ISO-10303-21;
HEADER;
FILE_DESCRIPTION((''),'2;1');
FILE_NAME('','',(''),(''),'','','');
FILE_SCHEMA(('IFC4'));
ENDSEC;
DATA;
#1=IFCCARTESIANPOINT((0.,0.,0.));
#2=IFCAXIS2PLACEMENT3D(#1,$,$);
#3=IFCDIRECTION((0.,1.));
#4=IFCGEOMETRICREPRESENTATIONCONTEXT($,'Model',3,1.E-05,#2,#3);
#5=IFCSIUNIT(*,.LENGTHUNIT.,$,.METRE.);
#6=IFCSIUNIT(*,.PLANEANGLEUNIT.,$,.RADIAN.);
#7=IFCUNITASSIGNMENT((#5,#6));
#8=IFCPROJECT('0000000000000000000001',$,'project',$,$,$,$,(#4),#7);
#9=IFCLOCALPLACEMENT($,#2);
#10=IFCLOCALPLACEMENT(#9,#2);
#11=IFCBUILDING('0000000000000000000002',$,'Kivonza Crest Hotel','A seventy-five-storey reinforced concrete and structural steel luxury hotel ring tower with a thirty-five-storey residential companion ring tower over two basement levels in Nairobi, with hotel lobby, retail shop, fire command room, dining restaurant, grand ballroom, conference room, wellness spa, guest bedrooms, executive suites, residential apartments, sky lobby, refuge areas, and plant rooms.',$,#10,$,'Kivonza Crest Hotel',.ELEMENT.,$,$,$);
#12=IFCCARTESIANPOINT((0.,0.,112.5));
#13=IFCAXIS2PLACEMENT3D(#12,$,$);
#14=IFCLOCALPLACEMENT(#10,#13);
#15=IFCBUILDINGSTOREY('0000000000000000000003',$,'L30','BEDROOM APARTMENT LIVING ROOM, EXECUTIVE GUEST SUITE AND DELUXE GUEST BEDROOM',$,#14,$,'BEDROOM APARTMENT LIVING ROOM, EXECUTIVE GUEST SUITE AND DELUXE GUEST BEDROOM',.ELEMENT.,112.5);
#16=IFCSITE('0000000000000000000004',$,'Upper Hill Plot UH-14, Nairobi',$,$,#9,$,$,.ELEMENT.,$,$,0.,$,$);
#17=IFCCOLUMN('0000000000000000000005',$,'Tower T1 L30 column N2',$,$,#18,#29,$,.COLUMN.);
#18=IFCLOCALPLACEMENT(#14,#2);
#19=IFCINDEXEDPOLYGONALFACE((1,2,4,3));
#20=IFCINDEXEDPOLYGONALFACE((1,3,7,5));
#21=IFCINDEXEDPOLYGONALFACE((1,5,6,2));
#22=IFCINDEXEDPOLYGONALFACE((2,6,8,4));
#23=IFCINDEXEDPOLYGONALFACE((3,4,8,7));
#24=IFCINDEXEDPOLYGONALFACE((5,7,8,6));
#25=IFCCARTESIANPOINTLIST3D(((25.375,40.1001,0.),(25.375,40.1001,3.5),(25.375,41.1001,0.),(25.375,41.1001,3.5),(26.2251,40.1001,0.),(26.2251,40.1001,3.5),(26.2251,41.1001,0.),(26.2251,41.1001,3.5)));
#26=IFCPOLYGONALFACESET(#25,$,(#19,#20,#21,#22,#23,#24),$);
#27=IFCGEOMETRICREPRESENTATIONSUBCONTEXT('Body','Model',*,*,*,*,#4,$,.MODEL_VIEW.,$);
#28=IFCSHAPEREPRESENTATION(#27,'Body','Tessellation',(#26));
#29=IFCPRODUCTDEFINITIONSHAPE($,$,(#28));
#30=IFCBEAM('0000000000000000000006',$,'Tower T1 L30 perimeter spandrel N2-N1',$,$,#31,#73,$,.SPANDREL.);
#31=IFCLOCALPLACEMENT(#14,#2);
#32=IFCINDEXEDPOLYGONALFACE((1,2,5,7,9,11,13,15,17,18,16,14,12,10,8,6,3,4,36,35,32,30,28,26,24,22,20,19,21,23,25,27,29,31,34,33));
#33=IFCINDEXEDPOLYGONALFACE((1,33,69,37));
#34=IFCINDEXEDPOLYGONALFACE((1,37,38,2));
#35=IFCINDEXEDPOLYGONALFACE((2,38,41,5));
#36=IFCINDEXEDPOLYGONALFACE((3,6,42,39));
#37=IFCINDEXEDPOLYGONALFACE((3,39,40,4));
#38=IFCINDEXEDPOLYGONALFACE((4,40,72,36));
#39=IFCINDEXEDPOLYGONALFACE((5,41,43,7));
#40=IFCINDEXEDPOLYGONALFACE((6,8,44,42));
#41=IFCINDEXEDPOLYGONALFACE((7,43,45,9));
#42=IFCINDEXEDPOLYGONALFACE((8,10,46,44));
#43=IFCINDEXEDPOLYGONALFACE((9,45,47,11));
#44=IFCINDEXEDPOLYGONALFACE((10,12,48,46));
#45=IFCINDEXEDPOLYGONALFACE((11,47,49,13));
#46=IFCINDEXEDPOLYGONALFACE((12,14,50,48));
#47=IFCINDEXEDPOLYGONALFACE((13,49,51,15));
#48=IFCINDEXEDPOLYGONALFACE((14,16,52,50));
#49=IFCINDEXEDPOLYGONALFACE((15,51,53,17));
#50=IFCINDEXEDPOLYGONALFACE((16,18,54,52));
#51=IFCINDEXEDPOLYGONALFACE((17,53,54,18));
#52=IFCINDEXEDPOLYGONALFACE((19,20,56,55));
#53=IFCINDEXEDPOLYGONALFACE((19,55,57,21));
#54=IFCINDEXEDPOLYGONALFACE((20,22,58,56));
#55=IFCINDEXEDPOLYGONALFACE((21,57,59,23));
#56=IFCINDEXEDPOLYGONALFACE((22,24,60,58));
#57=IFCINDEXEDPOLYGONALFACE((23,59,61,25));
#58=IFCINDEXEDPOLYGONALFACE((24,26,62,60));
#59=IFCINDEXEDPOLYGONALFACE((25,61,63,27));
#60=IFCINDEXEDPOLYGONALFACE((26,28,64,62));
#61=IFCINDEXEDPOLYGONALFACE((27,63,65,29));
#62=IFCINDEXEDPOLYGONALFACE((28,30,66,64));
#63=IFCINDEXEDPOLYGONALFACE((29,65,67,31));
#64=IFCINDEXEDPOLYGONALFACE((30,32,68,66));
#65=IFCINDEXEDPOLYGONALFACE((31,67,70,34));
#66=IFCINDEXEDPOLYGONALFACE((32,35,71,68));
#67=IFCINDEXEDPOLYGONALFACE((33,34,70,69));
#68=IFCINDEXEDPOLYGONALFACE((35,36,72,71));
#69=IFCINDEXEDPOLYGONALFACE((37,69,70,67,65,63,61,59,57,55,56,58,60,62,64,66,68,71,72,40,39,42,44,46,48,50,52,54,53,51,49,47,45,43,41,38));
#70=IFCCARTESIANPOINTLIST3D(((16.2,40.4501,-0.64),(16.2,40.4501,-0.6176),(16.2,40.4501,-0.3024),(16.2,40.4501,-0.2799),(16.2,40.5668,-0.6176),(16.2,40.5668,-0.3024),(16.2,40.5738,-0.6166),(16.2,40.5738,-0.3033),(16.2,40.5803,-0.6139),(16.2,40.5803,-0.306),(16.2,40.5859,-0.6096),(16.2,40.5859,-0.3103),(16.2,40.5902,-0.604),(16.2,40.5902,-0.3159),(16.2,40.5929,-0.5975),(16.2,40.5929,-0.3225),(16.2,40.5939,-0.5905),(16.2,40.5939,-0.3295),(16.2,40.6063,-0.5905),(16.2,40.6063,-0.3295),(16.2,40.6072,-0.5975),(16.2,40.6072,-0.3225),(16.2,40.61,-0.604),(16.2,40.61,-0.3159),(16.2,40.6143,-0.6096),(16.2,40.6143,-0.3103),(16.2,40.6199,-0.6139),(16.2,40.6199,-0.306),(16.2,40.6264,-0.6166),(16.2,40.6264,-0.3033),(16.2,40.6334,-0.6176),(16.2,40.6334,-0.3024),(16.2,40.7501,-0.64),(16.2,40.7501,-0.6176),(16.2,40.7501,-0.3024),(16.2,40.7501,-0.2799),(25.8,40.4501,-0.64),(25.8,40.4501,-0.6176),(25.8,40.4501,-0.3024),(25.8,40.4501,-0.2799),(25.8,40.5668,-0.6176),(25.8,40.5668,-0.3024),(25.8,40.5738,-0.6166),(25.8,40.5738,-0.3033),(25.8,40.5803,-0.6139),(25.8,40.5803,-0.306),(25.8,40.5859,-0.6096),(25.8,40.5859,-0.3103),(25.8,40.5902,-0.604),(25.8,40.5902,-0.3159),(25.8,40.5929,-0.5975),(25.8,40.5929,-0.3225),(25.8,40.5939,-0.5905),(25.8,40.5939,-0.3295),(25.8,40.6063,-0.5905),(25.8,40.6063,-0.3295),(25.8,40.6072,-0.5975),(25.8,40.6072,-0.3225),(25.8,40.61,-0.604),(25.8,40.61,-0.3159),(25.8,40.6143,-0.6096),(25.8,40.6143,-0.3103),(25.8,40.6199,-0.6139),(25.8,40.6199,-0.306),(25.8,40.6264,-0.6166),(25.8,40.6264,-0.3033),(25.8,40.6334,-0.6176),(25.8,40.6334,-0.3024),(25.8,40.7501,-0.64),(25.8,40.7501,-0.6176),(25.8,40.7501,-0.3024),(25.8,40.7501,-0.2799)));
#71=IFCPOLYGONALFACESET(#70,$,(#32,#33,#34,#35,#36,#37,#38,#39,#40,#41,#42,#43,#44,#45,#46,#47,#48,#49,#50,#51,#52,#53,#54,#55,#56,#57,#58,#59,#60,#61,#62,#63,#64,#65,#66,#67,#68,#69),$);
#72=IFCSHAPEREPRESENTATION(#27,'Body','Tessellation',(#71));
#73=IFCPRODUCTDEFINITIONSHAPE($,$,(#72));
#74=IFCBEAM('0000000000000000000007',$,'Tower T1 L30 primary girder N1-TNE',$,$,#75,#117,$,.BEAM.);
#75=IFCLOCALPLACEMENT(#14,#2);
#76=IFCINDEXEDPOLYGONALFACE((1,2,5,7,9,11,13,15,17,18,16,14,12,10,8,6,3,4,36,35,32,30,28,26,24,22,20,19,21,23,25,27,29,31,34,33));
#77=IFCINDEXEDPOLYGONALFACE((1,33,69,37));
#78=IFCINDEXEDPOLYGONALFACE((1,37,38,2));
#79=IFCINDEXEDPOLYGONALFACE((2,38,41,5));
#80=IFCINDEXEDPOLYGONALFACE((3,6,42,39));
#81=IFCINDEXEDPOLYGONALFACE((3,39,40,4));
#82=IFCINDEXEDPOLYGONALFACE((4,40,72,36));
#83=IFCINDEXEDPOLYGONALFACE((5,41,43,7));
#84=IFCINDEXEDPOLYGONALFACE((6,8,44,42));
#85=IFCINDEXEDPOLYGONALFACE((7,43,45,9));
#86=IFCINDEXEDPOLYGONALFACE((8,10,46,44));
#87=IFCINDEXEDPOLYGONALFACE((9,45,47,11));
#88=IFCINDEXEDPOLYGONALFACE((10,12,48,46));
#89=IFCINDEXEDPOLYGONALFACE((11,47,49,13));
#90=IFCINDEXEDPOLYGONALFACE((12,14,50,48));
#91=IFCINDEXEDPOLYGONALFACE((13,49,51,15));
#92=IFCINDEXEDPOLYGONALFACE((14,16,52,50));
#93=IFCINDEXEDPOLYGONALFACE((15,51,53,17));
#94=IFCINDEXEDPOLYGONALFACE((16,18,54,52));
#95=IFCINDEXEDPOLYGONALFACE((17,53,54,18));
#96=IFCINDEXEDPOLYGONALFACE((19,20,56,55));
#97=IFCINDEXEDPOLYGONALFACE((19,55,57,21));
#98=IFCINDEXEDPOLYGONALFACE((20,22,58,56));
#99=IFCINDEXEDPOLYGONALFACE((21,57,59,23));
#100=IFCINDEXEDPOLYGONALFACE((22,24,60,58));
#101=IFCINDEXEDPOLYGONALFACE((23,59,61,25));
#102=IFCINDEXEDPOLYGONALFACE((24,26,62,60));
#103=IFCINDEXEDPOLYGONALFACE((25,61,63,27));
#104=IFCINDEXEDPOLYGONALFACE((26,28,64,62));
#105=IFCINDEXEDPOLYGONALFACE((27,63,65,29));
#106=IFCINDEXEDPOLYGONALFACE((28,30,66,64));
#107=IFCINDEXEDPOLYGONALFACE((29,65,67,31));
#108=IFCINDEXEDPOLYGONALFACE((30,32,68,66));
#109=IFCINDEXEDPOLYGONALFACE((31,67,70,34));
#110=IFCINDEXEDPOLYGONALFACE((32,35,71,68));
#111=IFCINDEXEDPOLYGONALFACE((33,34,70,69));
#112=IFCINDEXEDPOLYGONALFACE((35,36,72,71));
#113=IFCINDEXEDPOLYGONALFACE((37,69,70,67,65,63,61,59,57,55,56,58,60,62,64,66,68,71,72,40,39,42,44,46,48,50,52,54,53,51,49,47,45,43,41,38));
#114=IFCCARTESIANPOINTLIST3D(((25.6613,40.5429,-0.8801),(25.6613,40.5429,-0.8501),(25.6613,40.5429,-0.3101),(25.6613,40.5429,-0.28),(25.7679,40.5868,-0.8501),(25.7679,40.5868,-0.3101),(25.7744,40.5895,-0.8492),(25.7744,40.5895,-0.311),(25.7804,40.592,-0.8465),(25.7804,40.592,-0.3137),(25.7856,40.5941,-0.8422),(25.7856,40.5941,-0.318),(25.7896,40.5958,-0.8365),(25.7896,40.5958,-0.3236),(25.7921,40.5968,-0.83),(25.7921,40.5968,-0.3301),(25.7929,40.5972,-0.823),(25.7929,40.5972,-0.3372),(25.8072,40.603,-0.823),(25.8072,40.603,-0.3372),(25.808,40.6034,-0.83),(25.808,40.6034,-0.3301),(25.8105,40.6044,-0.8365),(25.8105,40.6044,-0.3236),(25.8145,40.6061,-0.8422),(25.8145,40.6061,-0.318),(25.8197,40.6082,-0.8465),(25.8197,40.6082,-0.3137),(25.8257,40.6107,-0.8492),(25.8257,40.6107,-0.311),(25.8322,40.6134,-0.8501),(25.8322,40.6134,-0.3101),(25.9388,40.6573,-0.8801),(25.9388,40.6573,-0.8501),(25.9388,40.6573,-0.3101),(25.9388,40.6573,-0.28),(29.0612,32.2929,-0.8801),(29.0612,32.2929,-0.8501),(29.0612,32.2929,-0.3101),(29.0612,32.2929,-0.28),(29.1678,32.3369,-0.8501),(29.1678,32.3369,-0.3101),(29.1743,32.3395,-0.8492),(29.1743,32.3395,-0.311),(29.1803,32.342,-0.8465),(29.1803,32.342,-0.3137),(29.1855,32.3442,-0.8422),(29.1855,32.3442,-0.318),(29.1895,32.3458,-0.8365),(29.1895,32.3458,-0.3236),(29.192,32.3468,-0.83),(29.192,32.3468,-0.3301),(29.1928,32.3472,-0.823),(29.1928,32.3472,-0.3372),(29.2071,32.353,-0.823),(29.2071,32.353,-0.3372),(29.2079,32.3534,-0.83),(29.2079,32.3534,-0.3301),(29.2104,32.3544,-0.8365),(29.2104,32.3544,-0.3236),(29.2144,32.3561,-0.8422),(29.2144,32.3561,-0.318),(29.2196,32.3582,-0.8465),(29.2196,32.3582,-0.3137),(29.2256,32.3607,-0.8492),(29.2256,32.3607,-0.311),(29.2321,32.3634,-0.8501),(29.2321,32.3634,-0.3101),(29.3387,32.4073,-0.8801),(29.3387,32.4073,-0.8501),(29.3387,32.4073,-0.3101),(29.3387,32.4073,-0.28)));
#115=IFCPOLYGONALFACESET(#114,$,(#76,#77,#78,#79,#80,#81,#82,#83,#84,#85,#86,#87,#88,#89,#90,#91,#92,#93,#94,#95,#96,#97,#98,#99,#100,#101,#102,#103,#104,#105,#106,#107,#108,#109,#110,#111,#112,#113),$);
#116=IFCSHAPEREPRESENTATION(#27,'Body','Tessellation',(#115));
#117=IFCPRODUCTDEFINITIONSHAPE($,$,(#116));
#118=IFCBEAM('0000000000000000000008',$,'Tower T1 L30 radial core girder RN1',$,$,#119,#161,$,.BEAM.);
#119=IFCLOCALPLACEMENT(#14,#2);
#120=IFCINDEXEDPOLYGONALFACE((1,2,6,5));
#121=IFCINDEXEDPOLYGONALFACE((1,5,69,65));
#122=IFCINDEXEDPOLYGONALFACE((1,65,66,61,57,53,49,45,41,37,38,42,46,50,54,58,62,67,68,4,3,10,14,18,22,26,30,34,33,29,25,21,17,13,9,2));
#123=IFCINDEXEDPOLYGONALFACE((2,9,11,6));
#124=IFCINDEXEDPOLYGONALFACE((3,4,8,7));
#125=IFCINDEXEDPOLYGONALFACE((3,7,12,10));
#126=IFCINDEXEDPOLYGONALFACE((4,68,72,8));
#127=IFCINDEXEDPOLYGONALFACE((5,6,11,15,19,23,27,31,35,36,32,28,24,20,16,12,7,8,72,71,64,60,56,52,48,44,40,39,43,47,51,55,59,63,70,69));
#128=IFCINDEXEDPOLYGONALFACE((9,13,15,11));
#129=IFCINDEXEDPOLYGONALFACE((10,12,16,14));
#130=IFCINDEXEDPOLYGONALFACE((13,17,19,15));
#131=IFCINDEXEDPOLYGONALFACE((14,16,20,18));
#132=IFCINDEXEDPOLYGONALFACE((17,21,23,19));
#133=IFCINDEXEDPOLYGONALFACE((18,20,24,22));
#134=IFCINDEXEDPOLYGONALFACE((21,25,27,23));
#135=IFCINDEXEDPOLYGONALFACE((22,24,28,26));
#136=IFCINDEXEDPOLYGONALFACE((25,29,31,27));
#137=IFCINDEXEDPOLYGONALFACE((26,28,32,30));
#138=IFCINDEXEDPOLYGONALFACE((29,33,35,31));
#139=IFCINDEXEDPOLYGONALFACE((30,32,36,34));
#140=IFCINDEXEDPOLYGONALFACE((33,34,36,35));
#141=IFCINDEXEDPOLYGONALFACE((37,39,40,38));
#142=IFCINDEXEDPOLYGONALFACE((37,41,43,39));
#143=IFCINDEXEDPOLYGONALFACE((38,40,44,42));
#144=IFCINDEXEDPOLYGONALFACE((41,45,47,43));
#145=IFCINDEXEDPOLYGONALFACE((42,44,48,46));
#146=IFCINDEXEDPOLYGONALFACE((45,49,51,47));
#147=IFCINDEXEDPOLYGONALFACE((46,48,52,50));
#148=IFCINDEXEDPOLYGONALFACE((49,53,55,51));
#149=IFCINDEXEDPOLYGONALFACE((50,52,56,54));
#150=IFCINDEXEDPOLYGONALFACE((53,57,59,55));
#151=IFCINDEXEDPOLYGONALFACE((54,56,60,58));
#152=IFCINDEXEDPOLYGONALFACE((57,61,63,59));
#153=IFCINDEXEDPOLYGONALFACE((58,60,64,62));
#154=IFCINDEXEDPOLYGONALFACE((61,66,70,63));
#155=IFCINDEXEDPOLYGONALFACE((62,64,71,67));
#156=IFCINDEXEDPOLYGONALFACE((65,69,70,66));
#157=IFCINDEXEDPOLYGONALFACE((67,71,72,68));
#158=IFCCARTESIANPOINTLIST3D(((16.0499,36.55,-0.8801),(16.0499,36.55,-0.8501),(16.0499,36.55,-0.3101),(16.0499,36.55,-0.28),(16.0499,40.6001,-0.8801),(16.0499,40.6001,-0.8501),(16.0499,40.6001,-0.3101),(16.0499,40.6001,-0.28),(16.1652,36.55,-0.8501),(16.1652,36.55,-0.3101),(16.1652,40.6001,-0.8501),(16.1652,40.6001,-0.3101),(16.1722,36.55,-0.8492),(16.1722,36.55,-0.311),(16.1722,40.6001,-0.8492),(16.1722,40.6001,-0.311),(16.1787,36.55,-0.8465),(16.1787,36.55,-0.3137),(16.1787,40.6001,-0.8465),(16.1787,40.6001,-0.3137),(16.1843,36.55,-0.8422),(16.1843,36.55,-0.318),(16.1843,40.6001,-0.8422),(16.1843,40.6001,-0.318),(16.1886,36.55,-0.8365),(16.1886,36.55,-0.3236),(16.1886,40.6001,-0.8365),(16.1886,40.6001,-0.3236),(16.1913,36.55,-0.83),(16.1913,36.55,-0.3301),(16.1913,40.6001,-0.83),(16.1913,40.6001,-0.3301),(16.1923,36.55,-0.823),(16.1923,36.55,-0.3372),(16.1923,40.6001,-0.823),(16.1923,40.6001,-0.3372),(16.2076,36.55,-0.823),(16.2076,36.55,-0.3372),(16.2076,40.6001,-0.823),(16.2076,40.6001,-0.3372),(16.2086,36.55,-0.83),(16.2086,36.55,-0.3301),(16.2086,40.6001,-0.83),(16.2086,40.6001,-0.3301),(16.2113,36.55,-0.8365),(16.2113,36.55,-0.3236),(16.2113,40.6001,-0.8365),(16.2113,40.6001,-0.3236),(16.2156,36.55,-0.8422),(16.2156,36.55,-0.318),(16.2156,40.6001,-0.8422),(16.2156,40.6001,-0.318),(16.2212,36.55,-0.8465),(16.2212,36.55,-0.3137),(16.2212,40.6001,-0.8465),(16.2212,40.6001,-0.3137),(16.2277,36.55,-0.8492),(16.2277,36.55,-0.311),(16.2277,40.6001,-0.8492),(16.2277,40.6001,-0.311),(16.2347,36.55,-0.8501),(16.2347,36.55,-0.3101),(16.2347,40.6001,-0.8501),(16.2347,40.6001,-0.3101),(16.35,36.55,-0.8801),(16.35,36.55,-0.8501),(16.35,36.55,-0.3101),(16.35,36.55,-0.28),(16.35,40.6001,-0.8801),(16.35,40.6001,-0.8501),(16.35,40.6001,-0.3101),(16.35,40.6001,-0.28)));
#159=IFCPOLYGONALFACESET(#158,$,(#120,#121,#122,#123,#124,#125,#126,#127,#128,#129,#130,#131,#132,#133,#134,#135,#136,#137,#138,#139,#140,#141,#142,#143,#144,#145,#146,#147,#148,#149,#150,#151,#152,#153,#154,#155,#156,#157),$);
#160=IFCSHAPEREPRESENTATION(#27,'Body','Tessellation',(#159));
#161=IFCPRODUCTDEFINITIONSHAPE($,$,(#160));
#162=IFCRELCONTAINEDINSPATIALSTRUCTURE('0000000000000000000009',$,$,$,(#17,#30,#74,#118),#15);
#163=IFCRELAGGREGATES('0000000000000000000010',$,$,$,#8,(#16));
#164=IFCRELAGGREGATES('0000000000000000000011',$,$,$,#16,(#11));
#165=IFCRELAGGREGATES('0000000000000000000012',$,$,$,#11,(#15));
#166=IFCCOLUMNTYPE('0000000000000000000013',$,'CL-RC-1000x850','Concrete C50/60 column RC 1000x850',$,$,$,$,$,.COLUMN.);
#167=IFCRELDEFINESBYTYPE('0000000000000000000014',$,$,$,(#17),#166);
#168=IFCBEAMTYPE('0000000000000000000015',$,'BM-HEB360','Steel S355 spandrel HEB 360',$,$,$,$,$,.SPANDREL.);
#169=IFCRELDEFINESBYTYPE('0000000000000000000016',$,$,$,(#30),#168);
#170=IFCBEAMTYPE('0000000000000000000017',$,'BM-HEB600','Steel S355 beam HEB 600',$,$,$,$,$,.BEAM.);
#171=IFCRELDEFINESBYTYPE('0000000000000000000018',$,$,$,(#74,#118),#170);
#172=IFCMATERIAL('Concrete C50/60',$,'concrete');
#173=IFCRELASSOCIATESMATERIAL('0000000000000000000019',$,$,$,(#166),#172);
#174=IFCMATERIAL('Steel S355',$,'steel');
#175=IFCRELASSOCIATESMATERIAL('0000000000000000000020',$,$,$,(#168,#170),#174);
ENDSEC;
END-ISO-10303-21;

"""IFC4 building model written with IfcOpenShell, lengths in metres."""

from ifc_helpers import new_model, si_unit, direction, frame, origin, origin_2d, place, context, subcontext, project, spatial, rectangle, i_section, extrude, material, material_profile, profile_set, type_object, element, save


model = new_model("IFC4")

# Units and contexts
model_context = context("Model", 3, precision=1e-05, world=origin(), true_north=direction((0.0, 1.0)))
body_context = subcontext(model_context, "Body", "Model", "MODEL_VIEW")
ifc_project = project(units=[si_unit("LENGTHUNIT", "METRE"), si_unit("PLANEANGLEUNIT", "RADIAN")], contexts=[model_context])

# Site, building, storey
site_placement = place(None, origin())
site = spatial("IfcSite", under=ifc_project, at=site_placement, Name="Upper Hill Plot UH-14, Nairobi", CompositionType="ELEMENT", RefElevation=0.0)
building_placement = place(site_placement, origin())
building = spatial("IfcBuilding", under=site, at=building_placement, Name="Kivonza Crest Hotel", Description="A seventy-five-storey reinforced concrete and structural steel luxury hotel ring tower with a thirty-five-storey residential companion ring tower over two basement levels in Nairobi, with hotel lobby, retail shop, fire command room, dining restaurant, grand ballroom, conference room, wellness spa, guest bedrooms, executive suites, residential apartments, sky lobby, refuge areas, and plant rooms.", LongName="Kivonza Crest Hotel", CompositionType="ELEMENT")
storey_placement = place(building_placement, frame((0.0, 0.0, 112.5)))
storey = spatial("IfcBuildingStorey", under=building, at=storey_placement, Name="L30", Description="BEDROOM APARTMENT LIVING ROOM, EXECUTIVE GUEST SUITE AND DELUXE GUEST BEDROOM", LongName="BEDROOM APARTMENT LIVING ROOM, EXECUTIVE GUEST SUITE AND DELUXE GUEST BEDROOM", CompositionType="ELEMENT", Elevation=112.5)

# Column
ifc_material_1 = material(Name="Concrete C50/60", Category="concrete")
ifc_material_profile_1 = material_profile(ifc_material_1, rectangle(XDim=0.8501, YDim=1.0, at=origin_2d()), Name="RC 1000x850")
ifc_profile_set_1 = profile_set([ifc_material_profile_1], Name="Concrete C50/60")
column_type = type_object("IfcColumnType", Name="CL-RC-1000x850", Description="Concrete C50/60 column RC 1000x850", PredefinedType="COLUMN", material=ifc_profile_set_1)
column_placement = place(storey_placement, frame((25.8, 40.6001, 0.0), z_axis=(0.0, 0.0, 1.0), x_axis=(1.0, 0.0, 0.0)))
element("IfcColumn", 1, at=column_placement, inside=storey, type_object=column_type, Name="Tower T1 L30 column N2", PredefinedType="COLUMN", context=body_context, shape_type="SweptSolid", body=[
    extrude(rectangle(XDim=0.8501, YDim=1.0, at=origin_2d()), origin(), (0.0, 0.0, 1.0), 3.5),
])

# Beams
ifc_material_2 = material(Name="Steel S355", Category="steel")
ifc_material_profile_2 = material_profile(ifc_material_2, i_section(OverallWidth=0.3, OverallDepth=0.3601, WebThickness=0.0125, FlangeThickness=0.0225, FilletRadius=0.0271, at=origin_2d()), Name="HEB 360")
ifc_profile_set_2 = profile_set([ifc_material_profile_2], Name="Steel S355")
beam_type_1 = type_object("IfcBeamType", Name="BM-HEB360", Description="Steel S355 spandrel HEB 360", PredefinedType="SPANDREL", material=ifc_profile_set_2)
beam_1_placement = place(storey_placement, frame((25.8, 40.6001, -0.46), z_axis=(-1.0, 0.0, 0.0), x_axis=(0.0, -1.0, 0.0)))
element("IfcBeam", 2, at=beam_1_placement, inside=storey, type_object=beam_type_1, Name="Tower T1 L30 perimeter spandrel N2-N1", PredefinedType="SPANDREL", context=body_context, shape_type="SweptSolid", body=[
    extrude(i_section(OverallWidth=0.3, OverallDepth=0.3601, WebThickness=0.0125, FlangeThickness=0.0225, FilletRadius=0.0271, at=origin_2d()), origin(), (0.0, 0.0, 1.0), 9.6001),
])
ifc_material_profile_3 = material_profile(ifc_material_2, i_section(OverallWidth=0.3, OverallDepth=0.6001, WebThickness=0.0154, FlangeThickness=0.03, FilletRadius=0.0271, at=origin_2d()), Name="HEB 600")
ifc_profile_set_3 = profile_set([ifc_material_profile_3], Name="Steel S355")
beam_type_2 = type_object("IfcBeamType", Name="BM-HEB600", Description="Steel S355 beam HEB 600", PredefinedType="BEAM", material=ifc_profile_set_3)
beam_2_placement = place(storey_placement, frame((25.8, 40.6001, -0.5801), z_axis=(0.381022, -0.924566, 0.0), x_axis=(0.924566, 0.381022, 0.0)))
element("IfcBeam", 3, at=beam_2_placement, inside=storey, type_object=beam_type_2, Name="Tower T1 L30 primary girder N1-TNE", PredefinedType="BEAM", context=body_context, shape_type="SweptSolid", body=[
    extrude(i_section(OverallWidth=0.3, OverallDepth=0.6001, WebThickness=0.0154, FlangeThickness=0.03, FilletRadius=0.0271, at=origin_2d()), origin(), (0.0, 0.0, 1.0), 8.9231),
])
for number, where, z_axis, x_axis, name in (
    (4, (16.2, 40.6001, -0.5801), (0.0, -1.0, 0.0), (1.0, 0.0, 0.0), "Tower T1 L30 radial core girder RN1"),
):
    element("IfcBeam", number, at=place(storey_placement, frame(where, z_axis=z_axis, x_axis=x_axis)), inside=storey, type_object=beam_type_2, Name=name, PredefinedType="BEAM", context=body_context, shape_type="SweptSolid", body=[
        extrude(i_section(OverallWidth=0.3, OverallDepth=0.6001, WebThickness=0.0154, FlangeThickness=0.03, FilletRadius=0.0271, at=origin_2d()), origin(), (0.0, 0.0, 1.0), 4.05),
    ])

save(model, "model.ifc")
